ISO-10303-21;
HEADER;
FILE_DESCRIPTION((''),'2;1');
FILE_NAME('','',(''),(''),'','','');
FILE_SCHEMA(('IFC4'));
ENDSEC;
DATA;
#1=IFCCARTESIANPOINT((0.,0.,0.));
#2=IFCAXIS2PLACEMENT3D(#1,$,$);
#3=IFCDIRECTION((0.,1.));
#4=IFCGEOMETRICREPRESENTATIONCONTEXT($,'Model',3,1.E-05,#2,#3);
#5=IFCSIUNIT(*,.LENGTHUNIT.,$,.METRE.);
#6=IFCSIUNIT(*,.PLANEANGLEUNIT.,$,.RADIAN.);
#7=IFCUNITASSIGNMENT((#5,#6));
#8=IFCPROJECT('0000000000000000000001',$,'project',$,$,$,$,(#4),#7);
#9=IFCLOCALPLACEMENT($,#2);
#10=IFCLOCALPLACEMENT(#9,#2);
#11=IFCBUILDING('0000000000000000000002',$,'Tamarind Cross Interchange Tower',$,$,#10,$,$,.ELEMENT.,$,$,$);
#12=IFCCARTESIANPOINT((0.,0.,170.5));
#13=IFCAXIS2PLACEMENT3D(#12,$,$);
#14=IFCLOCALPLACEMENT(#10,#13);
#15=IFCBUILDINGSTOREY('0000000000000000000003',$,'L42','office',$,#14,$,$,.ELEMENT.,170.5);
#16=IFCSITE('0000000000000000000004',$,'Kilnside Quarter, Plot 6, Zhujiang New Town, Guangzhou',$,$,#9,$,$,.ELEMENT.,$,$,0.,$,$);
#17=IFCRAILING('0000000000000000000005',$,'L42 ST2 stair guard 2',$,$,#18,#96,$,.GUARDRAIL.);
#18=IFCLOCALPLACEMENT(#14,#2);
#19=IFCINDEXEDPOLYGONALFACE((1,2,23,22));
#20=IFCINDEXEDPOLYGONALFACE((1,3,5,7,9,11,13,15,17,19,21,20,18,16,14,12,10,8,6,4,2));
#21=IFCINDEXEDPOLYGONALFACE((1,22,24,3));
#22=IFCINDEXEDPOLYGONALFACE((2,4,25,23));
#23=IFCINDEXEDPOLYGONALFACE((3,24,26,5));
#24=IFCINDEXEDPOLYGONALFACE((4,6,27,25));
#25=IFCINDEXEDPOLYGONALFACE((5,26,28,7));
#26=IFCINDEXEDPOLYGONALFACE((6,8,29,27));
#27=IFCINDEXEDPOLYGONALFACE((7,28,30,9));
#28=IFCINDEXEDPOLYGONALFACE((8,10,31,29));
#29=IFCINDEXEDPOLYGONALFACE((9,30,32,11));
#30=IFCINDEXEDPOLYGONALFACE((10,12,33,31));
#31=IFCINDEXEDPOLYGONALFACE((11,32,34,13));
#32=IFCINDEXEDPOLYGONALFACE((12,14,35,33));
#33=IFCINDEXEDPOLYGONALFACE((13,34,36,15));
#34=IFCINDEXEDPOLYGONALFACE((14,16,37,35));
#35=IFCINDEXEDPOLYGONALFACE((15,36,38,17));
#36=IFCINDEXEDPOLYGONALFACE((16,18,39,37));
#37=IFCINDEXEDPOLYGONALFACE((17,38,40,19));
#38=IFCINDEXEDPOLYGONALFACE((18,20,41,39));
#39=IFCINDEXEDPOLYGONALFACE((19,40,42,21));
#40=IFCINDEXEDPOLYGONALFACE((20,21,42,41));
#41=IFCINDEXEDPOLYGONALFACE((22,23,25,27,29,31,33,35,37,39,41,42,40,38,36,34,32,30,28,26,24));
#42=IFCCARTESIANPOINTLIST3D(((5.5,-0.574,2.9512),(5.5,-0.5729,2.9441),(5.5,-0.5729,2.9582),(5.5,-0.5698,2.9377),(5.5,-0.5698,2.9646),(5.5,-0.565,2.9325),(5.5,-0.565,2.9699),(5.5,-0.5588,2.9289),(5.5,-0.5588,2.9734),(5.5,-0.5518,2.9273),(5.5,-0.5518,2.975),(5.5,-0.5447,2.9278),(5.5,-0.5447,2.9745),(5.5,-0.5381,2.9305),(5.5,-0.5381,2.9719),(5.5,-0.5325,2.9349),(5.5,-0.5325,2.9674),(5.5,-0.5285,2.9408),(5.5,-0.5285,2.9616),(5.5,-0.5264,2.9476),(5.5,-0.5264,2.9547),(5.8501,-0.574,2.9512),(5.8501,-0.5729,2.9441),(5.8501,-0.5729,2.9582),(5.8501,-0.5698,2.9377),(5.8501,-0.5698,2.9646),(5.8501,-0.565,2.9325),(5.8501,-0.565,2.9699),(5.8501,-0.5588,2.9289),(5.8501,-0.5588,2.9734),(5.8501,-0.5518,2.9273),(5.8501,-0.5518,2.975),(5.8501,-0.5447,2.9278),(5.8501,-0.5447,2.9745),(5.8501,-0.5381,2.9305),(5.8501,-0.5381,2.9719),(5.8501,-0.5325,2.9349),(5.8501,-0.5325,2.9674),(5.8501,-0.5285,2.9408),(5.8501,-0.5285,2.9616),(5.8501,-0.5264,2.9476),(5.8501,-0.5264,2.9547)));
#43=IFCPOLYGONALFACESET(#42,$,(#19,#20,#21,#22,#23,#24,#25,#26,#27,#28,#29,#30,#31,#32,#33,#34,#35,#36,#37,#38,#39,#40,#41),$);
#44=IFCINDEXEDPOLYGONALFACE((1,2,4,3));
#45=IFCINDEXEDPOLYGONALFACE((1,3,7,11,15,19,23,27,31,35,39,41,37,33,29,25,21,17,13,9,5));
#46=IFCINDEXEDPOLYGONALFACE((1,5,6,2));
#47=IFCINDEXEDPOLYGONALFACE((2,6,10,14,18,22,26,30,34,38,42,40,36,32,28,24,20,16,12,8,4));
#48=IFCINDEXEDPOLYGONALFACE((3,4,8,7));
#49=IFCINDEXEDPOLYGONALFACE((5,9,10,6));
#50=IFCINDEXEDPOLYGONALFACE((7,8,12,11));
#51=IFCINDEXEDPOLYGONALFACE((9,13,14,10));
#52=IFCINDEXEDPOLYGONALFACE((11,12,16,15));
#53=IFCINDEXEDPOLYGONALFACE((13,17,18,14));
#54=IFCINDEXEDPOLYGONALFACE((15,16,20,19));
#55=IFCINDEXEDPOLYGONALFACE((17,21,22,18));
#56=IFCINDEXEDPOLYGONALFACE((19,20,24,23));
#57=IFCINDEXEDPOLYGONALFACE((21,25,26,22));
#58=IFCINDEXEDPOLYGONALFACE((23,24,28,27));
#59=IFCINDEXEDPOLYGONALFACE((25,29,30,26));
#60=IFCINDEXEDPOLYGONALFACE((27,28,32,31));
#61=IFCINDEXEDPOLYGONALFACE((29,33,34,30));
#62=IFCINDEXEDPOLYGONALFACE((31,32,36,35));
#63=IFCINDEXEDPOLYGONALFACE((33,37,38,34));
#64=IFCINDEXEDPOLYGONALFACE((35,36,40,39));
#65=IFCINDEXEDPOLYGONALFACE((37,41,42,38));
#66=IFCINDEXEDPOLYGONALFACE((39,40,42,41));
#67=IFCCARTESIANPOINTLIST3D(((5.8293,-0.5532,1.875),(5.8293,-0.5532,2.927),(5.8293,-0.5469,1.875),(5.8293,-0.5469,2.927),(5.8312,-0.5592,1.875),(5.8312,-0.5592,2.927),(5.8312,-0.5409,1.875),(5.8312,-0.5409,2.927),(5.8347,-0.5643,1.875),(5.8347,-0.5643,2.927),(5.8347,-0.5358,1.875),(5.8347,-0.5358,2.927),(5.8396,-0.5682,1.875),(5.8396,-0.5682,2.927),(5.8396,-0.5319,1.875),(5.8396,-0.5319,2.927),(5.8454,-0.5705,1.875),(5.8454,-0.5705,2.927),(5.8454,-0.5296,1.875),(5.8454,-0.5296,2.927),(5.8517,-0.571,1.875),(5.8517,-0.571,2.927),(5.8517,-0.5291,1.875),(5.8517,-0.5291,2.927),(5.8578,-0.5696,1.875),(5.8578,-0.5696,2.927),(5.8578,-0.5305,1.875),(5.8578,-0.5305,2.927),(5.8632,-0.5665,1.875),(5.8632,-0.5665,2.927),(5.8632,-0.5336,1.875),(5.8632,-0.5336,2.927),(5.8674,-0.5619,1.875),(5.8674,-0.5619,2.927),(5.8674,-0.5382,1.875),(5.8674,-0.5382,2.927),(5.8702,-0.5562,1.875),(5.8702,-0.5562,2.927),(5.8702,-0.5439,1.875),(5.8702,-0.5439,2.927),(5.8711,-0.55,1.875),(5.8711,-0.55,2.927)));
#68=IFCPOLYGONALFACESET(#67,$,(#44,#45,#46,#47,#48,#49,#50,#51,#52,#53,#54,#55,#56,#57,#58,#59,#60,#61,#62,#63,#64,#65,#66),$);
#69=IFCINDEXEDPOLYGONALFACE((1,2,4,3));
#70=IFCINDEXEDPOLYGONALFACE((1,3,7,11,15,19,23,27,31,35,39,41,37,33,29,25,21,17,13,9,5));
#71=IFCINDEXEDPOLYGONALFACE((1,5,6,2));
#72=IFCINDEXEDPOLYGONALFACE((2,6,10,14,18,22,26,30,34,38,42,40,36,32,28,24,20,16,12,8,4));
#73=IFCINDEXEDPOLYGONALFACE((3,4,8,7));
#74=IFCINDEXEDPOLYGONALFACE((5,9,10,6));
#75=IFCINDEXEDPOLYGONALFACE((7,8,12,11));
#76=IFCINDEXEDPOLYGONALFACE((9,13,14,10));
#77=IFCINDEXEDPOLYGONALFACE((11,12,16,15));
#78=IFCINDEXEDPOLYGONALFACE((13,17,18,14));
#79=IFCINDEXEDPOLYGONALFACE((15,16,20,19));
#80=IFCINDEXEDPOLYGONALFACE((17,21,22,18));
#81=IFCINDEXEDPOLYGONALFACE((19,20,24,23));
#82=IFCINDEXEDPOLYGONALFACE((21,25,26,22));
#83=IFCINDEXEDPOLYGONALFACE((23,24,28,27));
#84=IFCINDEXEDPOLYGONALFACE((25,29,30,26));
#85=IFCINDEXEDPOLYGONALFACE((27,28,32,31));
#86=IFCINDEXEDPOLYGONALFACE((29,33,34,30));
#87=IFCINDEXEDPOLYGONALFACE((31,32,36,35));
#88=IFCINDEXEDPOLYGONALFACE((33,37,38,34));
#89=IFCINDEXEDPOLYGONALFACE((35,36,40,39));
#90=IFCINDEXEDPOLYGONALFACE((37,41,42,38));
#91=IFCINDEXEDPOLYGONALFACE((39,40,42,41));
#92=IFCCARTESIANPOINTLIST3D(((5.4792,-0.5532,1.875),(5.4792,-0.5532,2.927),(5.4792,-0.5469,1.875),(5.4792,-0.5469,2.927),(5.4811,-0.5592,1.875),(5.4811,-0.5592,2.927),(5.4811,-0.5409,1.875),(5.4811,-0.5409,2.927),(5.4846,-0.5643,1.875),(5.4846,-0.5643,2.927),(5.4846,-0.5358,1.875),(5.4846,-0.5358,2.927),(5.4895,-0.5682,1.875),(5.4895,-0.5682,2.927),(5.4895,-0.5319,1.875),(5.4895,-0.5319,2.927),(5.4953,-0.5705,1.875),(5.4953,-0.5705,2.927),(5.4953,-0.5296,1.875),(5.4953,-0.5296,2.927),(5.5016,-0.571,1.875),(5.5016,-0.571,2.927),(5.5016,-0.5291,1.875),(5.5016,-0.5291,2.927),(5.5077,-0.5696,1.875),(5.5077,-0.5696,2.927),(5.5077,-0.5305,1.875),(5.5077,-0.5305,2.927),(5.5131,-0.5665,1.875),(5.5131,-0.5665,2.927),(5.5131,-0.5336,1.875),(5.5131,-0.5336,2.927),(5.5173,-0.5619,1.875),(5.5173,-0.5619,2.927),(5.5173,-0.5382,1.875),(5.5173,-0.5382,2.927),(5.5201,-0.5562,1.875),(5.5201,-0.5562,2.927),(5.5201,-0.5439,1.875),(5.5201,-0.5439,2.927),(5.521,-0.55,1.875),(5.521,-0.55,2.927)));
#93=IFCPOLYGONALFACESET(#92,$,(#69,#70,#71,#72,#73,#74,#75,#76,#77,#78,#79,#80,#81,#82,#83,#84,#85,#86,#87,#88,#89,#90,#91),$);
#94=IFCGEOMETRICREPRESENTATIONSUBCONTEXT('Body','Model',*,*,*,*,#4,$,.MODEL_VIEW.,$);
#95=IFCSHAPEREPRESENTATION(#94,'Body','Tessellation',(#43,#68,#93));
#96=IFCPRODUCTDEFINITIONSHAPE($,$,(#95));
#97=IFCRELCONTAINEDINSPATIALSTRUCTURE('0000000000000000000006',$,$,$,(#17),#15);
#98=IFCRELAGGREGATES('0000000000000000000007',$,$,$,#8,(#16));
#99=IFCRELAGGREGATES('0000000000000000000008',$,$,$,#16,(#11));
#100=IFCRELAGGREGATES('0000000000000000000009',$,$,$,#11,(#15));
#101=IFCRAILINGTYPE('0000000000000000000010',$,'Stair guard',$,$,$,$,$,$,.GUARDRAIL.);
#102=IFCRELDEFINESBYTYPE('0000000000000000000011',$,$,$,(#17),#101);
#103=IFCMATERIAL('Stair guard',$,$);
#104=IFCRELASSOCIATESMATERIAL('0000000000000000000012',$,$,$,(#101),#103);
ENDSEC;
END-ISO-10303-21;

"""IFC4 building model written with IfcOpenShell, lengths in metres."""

from ifc_helpers import new_model, si_unit, direction, frame, origin, origin_2d, place, context, subcontext, project, spatial, circle, extrude, material, type_object, element, save


model = new_model("IFC4")

# Units and contexts
model_context = context("Model", 3, precision=1e-05, world=origin(), true_north=direction((0.0, 1.0)))
body_context = subcontext(model_context, "Body", "Model", "MODEL_VIEW")
ifc_project = project(units=[si_unit("LENGTHUNIT", "METRE"), si_unit("PLANEANGLEUNIT", "RADIAN")], contexts=[model_context])

# Site, building, storey
site_placement = place(None, origin())
site = spatial("IfcSite", under=ifc_project, at=site_placement, Name="Kilnside Quarter, Plot 6, Zhujiang New Town, Guangzhou", CompositionType="ELEMENT", RefElevation=0.0)
building_placement = place(site_placement, origin())
building = spatial("IfcBuilding", under=site, at=building_placement, Name="Tamarind Cross Interchange Tower", CompositionType="ELEMENT")
storey_placement = place(building_placement, frame((0.0, 0.0, 170.5)))
storey = spatial("IfcBuildingStorey", under=building, at=storey_placement, Name="L42", Description="office", CompositionType="ELEMENT", Elevation=170.5)

# Railing
ifc_material_1 = material(Name="Stair guard")
railing_type_1 = type_object("IfcRailingType", Name="Stair guard", PredefinedType="GUARDRAIL", material=ifc_material_1)
railing_1_placement = place(storey_placement, frame((5.8501, -0.55, 1.875)))
element("IfcRailing", 1, at=railing_1_placement, inside=storey, type_object=railing_type_1, Name="L42 ST2 stair guard 2", PredefinedType="GUARDRAIL", context=body_context, shape_type="SweptSolid", body=[
    extrude(circle(Radius=0.0239, at=origin_2d()), frame((0.0, 0.0, 1.0762), z_axis=(-1.0, 0.0, 0.0), x_axis=(0.0, -1.0, 0.0)), (0.0, 0.0, 1.0), 0.3501),
    extrude(circle(Radius=0.021, at=origin_2d()), origin(), (0.0, 0.0, 1.0), 1.052),
    extrude(circle(Radius=0.021, at=origin_2d()), frame((-0.3501, 0.0, 0.0)), (0.0, 0.0, 1.0), 1.052),
])

save(model, "model.ifc")
